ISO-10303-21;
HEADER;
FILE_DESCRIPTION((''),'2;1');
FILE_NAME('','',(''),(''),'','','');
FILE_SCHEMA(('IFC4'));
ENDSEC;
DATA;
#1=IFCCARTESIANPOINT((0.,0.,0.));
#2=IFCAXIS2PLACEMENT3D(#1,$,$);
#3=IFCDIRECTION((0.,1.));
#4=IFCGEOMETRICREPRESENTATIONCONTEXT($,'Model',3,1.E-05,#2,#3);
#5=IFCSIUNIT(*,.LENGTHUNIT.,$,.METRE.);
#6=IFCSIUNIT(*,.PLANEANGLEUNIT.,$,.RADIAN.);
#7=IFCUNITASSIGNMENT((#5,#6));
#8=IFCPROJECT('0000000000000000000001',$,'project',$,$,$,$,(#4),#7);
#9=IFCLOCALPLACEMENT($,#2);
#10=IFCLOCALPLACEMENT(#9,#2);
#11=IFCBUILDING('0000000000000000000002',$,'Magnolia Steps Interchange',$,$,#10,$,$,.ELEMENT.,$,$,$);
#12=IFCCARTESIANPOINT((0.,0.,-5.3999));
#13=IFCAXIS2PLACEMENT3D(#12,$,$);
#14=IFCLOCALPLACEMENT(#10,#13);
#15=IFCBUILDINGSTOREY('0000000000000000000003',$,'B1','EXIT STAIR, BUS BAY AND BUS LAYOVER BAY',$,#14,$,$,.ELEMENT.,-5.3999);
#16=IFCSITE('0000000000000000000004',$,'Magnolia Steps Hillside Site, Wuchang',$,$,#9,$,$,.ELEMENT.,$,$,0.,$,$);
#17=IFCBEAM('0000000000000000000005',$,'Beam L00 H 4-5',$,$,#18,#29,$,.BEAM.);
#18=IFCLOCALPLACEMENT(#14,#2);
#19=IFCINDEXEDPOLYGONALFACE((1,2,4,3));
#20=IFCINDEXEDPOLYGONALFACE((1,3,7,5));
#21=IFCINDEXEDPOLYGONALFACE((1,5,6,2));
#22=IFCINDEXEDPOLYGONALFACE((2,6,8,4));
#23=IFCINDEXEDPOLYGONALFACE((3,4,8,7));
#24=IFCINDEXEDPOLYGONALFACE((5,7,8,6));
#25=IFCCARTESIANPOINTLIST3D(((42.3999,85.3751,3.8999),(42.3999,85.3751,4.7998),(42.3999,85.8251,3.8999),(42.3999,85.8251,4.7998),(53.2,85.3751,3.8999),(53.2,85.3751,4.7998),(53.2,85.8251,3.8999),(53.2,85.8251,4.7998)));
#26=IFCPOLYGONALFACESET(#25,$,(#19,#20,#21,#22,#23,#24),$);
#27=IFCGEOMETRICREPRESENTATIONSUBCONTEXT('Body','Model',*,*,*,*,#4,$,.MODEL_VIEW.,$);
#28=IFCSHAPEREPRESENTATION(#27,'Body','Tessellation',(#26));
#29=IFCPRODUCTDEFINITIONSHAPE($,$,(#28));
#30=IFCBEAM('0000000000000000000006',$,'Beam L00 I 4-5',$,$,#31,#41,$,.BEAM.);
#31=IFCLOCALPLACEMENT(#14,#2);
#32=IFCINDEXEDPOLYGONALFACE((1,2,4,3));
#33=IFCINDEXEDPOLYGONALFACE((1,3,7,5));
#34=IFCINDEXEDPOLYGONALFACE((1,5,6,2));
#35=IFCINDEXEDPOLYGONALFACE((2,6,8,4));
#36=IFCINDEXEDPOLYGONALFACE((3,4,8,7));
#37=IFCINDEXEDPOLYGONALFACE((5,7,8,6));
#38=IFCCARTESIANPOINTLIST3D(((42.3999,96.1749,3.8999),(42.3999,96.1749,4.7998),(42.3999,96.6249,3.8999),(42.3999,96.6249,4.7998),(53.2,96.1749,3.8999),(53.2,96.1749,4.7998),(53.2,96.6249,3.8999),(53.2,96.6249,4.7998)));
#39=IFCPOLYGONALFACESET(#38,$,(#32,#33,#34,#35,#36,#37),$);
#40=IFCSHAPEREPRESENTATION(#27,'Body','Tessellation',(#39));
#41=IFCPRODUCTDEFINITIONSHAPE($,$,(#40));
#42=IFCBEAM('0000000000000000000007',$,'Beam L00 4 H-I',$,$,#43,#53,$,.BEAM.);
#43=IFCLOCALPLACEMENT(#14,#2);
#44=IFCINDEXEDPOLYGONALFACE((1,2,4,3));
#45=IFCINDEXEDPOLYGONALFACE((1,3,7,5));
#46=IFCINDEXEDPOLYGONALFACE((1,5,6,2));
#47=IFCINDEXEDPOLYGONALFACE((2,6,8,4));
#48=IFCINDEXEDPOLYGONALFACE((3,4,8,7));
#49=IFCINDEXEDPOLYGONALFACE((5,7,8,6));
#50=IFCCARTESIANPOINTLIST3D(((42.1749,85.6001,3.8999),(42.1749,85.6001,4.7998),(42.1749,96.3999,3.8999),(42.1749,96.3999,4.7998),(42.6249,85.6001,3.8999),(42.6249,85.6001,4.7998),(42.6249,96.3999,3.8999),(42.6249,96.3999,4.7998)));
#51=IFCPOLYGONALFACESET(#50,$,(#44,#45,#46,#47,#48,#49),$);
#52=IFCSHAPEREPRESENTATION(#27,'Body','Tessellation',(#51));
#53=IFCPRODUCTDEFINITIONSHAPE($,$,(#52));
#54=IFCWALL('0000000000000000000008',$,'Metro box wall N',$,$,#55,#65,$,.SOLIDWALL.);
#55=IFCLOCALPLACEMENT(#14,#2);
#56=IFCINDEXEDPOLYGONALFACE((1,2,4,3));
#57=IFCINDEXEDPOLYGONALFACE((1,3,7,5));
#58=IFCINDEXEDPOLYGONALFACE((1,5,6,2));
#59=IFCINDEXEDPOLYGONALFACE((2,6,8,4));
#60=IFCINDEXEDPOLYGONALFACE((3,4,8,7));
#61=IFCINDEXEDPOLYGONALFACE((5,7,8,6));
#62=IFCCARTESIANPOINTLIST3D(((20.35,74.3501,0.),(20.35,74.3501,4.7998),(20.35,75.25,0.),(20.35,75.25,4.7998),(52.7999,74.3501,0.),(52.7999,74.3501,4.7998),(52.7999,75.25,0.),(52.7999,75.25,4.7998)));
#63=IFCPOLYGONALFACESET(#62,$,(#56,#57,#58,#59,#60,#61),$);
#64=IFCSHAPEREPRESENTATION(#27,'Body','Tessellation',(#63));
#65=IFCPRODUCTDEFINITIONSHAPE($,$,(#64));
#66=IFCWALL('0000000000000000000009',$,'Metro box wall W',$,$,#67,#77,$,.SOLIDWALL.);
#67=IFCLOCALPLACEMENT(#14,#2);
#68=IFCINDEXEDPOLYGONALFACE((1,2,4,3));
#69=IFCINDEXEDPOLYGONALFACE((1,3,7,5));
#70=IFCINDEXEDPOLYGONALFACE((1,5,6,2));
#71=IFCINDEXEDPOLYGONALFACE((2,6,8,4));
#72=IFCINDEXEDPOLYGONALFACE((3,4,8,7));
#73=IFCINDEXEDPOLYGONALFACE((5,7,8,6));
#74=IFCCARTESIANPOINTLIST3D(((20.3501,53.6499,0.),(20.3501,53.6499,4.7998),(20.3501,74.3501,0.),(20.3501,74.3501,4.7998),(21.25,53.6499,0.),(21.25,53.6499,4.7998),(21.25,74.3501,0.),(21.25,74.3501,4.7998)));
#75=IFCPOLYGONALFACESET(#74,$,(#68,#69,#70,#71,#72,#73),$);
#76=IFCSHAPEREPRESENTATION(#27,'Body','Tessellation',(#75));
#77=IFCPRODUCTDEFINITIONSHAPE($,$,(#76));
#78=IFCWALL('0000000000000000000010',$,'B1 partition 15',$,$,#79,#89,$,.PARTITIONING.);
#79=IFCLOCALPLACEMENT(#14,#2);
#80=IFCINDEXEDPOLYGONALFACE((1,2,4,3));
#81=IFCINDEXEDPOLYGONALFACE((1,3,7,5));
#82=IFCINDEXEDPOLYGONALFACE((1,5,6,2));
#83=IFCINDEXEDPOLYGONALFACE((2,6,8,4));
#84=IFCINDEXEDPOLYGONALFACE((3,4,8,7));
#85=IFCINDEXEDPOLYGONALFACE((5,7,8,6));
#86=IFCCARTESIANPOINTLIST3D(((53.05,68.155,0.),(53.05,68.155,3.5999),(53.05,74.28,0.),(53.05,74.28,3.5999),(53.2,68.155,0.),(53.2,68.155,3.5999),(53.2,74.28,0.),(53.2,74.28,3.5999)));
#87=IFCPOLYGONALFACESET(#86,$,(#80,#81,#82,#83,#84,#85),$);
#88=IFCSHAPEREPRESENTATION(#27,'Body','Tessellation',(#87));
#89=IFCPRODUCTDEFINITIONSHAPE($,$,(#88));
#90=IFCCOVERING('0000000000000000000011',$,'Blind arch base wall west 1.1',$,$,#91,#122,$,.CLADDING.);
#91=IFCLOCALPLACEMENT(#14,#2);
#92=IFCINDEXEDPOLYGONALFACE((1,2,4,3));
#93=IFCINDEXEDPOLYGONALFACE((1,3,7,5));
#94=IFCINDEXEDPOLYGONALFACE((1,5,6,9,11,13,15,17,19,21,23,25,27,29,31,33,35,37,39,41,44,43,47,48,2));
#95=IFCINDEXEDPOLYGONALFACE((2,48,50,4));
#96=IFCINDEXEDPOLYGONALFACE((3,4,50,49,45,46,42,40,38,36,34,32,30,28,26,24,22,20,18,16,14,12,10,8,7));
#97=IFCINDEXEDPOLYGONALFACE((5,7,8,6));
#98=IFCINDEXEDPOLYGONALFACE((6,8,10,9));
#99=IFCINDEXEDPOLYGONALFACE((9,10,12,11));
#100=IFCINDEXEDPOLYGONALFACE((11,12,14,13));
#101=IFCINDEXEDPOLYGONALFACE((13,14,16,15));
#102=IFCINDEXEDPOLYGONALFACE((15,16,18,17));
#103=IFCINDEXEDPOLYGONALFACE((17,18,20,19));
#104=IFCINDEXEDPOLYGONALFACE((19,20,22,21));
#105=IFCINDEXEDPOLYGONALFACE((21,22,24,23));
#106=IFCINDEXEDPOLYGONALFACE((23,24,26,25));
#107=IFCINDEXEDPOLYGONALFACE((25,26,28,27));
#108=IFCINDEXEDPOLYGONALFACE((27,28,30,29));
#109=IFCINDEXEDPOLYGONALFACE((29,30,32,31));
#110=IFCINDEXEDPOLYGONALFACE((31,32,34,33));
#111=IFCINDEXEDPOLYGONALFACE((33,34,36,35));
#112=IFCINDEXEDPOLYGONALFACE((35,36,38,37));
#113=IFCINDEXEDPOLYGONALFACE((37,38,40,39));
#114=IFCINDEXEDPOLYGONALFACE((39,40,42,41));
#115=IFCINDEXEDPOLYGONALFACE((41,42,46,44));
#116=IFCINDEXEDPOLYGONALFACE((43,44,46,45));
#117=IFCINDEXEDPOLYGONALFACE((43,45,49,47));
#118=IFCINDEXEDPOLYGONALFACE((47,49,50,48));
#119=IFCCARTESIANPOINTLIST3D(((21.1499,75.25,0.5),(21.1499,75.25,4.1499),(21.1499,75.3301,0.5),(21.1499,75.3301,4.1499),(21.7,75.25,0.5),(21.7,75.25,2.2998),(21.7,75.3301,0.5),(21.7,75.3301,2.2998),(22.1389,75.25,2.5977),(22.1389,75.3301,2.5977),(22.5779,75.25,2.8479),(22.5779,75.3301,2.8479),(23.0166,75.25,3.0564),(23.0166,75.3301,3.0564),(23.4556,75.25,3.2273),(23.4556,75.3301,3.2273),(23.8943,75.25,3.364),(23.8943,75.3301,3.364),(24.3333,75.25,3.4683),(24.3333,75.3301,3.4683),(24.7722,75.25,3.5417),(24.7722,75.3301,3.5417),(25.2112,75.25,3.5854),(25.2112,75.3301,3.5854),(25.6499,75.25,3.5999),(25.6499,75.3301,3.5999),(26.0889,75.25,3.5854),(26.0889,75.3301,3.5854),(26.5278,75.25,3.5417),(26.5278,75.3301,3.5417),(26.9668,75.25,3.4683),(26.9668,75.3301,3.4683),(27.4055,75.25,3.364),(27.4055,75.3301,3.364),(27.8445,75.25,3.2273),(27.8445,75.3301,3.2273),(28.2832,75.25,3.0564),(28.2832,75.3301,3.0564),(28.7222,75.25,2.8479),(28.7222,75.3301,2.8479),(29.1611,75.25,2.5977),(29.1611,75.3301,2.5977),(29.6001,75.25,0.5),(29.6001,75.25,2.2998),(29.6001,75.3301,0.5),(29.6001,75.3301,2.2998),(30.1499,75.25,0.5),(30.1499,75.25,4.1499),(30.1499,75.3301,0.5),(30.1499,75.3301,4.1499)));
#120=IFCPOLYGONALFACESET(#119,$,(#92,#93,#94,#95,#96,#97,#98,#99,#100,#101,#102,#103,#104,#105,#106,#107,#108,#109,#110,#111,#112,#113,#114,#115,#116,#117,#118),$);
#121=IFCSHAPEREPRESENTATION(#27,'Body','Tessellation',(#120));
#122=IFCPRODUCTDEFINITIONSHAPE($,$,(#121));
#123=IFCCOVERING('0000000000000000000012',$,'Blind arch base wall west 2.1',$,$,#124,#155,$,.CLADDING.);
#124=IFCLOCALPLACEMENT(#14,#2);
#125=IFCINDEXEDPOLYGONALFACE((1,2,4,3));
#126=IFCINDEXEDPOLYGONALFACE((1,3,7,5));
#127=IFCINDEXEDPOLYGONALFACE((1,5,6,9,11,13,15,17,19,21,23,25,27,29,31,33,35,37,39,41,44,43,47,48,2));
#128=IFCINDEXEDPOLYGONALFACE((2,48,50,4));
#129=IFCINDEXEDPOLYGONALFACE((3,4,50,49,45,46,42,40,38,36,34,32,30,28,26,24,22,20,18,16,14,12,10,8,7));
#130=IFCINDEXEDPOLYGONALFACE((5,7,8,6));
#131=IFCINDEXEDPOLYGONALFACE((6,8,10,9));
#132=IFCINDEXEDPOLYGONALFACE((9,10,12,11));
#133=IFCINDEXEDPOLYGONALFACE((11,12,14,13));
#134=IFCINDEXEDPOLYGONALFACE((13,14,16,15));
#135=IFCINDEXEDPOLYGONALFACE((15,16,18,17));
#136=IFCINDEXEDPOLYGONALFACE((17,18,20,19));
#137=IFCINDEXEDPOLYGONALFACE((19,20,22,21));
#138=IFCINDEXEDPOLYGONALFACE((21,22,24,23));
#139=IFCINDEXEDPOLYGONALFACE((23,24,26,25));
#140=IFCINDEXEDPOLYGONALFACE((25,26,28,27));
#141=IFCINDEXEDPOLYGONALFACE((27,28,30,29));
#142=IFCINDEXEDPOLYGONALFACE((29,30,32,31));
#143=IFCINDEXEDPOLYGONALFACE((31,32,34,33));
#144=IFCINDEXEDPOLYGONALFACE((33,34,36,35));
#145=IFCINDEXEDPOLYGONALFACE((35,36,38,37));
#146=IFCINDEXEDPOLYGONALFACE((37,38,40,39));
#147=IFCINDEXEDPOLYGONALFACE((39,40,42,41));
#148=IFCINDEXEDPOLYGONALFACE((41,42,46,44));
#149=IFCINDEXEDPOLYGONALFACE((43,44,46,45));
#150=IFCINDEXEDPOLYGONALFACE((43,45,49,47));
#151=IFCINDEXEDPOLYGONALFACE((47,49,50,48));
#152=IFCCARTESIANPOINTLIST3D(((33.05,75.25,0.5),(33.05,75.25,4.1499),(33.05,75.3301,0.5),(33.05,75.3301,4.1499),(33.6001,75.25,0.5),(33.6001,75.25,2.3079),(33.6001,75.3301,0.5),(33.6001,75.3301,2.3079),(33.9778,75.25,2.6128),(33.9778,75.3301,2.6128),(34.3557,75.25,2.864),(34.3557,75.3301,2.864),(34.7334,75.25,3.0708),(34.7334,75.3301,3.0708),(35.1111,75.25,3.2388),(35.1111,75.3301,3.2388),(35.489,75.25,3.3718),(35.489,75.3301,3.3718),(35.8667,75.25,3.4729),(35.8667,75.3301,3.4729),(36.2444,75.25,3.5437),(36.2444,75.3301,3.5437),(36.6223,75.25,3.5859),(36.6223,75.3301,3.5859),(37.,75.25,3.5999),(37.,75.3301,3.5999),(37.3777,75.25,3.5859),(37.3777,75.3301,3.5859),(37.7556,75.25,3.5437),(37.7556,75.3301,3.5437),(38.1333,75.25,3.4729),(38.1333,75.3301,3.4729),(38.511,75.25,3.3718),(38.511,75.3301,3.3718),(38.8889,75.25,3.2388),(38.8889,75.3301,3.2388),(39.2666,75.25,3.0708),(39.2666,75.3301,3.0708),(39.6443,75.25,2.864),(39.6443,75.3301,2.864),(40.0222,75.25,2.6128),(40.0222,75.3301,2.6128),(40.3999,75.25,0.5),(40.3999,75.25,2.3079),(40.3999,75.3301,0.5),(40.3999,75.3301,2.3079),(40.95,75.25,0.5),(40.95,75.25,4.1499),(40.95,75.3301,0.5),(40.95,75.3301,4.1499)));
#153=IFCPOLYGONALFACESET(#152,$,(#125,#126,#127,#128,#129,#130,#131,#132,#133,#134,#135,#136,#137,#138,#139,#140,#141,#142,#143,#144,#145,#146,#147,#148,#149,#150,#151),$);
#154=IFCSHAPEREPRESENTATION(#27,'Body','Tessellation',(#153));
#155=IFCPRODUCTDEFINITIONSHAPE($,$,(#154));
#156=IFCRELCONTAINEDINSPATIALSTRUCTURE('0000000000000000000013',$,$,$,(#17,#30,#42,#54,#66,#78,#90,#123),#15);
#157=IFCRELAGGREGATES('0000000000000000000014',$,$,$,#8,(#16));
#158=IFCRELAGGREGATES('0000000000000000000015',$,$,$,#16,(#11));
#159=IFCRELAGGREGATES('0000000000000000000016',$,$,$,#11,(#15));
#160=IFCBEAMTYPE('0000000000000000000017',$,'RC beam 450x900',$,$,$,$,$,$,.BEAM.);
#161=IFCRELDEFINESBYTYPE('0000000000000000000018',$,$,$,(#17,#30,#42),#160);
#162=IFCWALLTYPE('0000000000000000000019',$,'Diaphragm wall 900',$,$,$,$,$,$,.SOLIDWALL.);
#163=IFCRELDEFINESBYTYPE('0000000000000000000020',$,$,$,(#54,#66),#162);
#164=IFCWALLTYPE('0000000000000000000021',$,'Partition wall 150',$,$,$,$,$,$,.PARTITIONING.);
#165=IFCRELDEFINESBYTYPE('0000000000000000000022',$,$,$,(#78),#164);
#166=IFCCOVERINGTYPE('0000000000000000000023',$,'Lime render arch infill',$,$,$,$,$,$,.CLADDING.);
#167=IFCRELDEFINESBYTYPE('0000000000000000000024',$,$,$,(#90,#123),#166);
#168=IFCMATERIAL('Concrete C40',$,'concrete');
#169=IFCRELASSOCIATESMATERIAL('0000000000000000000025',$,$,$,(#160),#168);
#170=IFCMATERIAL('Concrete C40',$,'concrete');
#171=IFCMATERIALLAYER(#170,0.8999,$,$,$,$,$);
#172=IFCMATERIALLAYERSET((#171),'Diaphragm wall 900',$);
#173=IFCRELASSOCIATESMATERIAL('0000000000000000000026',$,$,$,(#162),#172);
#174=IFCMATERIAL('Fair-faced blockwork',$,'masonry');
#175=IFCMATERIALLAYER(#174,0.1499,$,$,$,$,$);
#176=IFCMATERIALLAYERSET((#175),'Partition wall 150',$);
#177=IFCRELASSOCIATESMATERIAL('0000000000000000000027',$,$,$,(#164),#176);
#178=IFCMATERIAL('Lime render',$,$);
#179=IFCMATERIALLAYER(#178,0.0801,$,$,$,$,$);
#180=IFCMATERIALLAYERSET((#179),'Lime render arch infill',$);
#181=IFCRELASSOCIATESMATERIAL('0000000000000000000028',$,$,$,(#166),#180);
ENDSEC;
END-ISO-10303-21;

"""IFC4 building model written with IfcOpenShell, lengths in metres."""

from ifc_helpers import new_model, si_unit, direction, frame, frame_2d, origin, origin_2d, place, context, subcontext, project, spatial, polyline, rectangle, outline, extrude, material, layer, layer_set, material_profile, profile_set, type_object, element, save


model = new_model("IFC4")

# Units and contexts
model_context = context("Model", 3, precision=1e-05, world=origin(), true_north=direction((0.0, 1.0)))
body_context = subcontext(model_context, "Body", "Model", "MODEL_VIEW")
ifc_project = project(units=[si_unit("LENGTHUNIT", "METRE"), si_unit("PLANEANGLEUNIT", "RADIAN")], contexts=[model_context])

# Site, building, storey
site_placement = place(None, origin())
site = spatial("IfcSite", under=ifc_project, at=site_placement, Name="Magnolia Steps Hillside Site, Wuchang", CompositionType="ELEMENT", RefElevation=0.0)
building_placement = place(site_placement, origin())
building = spatial("IfcBuilding", under=site, at=building_placement, Name="Magnolia Steps Interchange", CompositionType="ELEMENT")
storey_placement = place(building_placement, frame((0.0, 0.0, -5.3999)))
storey = spatial("IfcBuildingStorey", under=building, at=storey_placement, Name="B1", Description="EXIT STAIR, BUS BAY AND BUS LAYOVER BAY", CompositionType="ELEMENT", Elevation=-5.3999)

# Beams
ifc_material_1 = material(Name="Concrete C40", Category="concrete")
ifc_material_profile = material_profile(ifc_material_1, rectangle(XDim=0.45, YDim=0.8999, at=origin_2d()), Name="RC450x900")
ifc_profile_set = profile_set([ifc_material_profile], Name="Concrete C40")
beam_type = type_object("IfcBeamType", Name="RC beam 450x900", PredefinedType="BEAM", material=ifc_profile_set)
for number, where, z_axis, x_axis, name in (
    (1, (42.3999, 85.6001, 4.3499), (1.0, 0.0, 0.0), (0.0, 1.0, 0.0), "Beam L00 H 4-5"),
    (2, (42.3999, 96.3999, 4.3499), (1.0, 0.0, 0.0), (0.0, 1.0, 0.0), "Beam L00 I 4-5"),
):
    element("IfcBeam", number, at=place(storey_placement, frame(where, z_axis=z_axis, x_axis=x_axis)), inside=storey, type_object=beam_type, Name=name, PredefinedType="BEAM", context=body_context, shape_type="SweptSolid", body=[
        extrude(rectangle(XDim=0.45, YDim=0.8999, at=origin_2d()), origin(), (0.0, 0.0, 1.0), 10.8),
    ])
beam_placement = place(storey_placement, frame((42.3999, 85.6001, 4.3499), z_axis=(0.0, 1.0, 0.0), x_axis=(-1.0, 0.0, 0.0)))
element("IfcBeam", 3, at=beam_placement, inside=storey, type_object=beam_type, Name="Beam L00 4 H-I", PredefinedType="BEAM", context=body_context, shape_type="SweptSolid", body=[
    extrude(rectangle(XDim=0.45, YDim=0.8999, at=origin_2d()), origin(), (0.0, 0.0, 1.0), 10.7998),
])

# Walls
ifc_material_2 = material(Name="Concrete C40", Category="concrete")
ifc_layer_1 = layer(ifc_material_2, 0.8999)
ifc_layer_set_1 = layer_set([ifc_layer_1], Name="Diaphragm wall 900")
wall_type_1 = type_object("IfcWallType", Name="Diaphragm wall 900", PredefinedType="SOLIDWALL", material=ifc_layer_set_1)
wall_1_placement = place(storey_placement, frame((52.8, 74.8, 0.0), z_axis=(0.0, 0.0, 1.0), x_axis=(-1.0, 0.0, 0.0)))
element("IfcWall", 4, at=wall_1_placement, inside=storey, type_object=wall_type_1, Name="Metro box wall N", PredefinedType="SOLIDWALL", context=body_context, shape_type="SweptSolid", body=[
    extrude(rectangle(XDim=32.45, YDim=0.8999, at=frame_2d((16.2251, 0.0))), origin(), (0.0, 0.0, 1.0), 4.7998),
])
wall_2_placement = place(storey_placement, frame((20.8, 74.3501, 0.0), z_axis=(0.0, 0.0, 1.0), x_axis=(0.0, -1.0, 0.0)))
element("IfcWall", 5, at=wall_2_placement, inside=storey, type_object=wall_type_1, Name="Metro box wall W", PredefinedType="SOLIDWALL", context=body_context, shape_type="SweptSolid", body=[
    extrude(rectangle(XDim=20.7002, YDim=0.8999, at=frame_2d((10.3501, 0.0))), origin(), (0.0, 0.0, 1.0), 4.7998),
])
ifc_material_3 = material(Name="Fair-faced blockwork", Category="masonry")
ifc_layer_2 = layer(ifc_material_3, 0.1499)
ifc_layer_set_2 = layer_set([ifc_layer_2], Name="Partition wall 150")
wall_type_2 = type_object("IfcWallType", Name="Partition wall 150", PredefinedType="PARTITIONING", material=ifc_layer_set_2)
wall_3_placement = place(storey_placement, frame((53.125, 68.155, 0.0), z_axis=(0.0, 0.0, 1.0), x_axis=(0.0, 1.0, 0.0)))
element("IfcWall", 6, at=wall_3_placement, inside=storey, type_object=wall_type_2, Name="B1 partition 15", PredefinedType="PARTITIONING", context=body_context, shape_type="SweptSolid", body=[
    extrude(rectangle(XDim=6.125, YDim=0.1499, at=frame_2d((3.0625, 0.0))), origin(), (0.0, 0.0, 1.0), 3.5999),
])

# Coverings
ifc_material_4 = material(Name="Lime render")
ifc_layer_3 = layer(ifc_material_4, 0.0801)
ifc_layer_set_3 = layer_set([ifc_layer_3], Name="Lime render arch infill")
covering_type_1 = type_object("IfcCoveringType", Name="Lime render arch infill", PredefinedType="CLADDING", material=ifc_layer_set_3)
covering_1_placement = place(storey_placement, frame((21.7, 75.25, 0.5), z_axis=(0.0, -1.0, 0.0), x_axis=(0.0, 0.0, 1.0)))
element("IfcCovering", 7, at=covering_1_placement, inside=storey, type_object=covering_type_1, Name="Blind arch base wall west 1.1", PredefinedType="CLADDING", context=body_context, shape_type="SweptSolid", body=[
    extrude(outline(polyline([(0.0, 0.0), (1.7998, 0.0), (2.0977, -0.439), (2.3479, -0.8779), (2.5564, -1.3167), (2.7273, -1.7556), (2.864, -2.1943), (2.9683, -2.6333), (3.0417, -3.0723), (3.0854, -3.5112), (3.0999, -3.95), (3.0854, -4.3889), (3.0417, -4.8279), (2.9683, -5.2668), (2.864, -5.7056), (2.7273, -6.1445), (2.5564, -6.5833), (2.3479, -7.0222), (2.0977, -7.4612), (1.7998, -7.9001), (0.0, -7.9001), (0.0, -8.45), (3.6499, -8.45), (3.6499, 0.55), (0.0, 0.55), (0.0, 0.0)])), origin(), (0.0, 0.0, -1.0), 0.0801),
])
covering_2_placement = place(storey_placement, frame((33.6001, 75.25, 0.5), z_axis=(0.0, -1.0, 0.0), x_axis=(0.0, 0.0, 1.0)))
element("IfcCovering", 8, at=covering_2_placement, inside=storey, type_object=covering_type_1, Name="Blind arch base wall west 2.1", PredefinedType="CLADDING", context=body_context, shape_type="SweptSolid", body=[
    extrude(outline(polyline([(0.0, 0.0), (1.8079, 0.0), (2.1128, -0.3777), (2.364, -0.7556), (2.5708, -1.1333), (2.7388, -1.511), (2.8718, -1.8889), (2.9729, -2.2666), (3.0437, -2.6443), (3.0859, -3.0222), (3.0999, -3.3999), (3.0859, -3.7776), (3.0437, -4.1555), (2.9729, -4.5332), (2.8718, -4.9109), (2.7388, -5.2888), (2.5708, -5.6665), (2.364, -6.0442), (2.1128, -6.4221), (1.8079, -6.7998), (0.0, -6.7998), (0.0, -7.3499), (3.6499, -7.3499), (3.6499, 0.55), (0.0, 0.55), (0.0, 0.0)])), origin(), (0.0, 0.0, -1.0), 0.0801),
])

save(model, "model.ifc")
